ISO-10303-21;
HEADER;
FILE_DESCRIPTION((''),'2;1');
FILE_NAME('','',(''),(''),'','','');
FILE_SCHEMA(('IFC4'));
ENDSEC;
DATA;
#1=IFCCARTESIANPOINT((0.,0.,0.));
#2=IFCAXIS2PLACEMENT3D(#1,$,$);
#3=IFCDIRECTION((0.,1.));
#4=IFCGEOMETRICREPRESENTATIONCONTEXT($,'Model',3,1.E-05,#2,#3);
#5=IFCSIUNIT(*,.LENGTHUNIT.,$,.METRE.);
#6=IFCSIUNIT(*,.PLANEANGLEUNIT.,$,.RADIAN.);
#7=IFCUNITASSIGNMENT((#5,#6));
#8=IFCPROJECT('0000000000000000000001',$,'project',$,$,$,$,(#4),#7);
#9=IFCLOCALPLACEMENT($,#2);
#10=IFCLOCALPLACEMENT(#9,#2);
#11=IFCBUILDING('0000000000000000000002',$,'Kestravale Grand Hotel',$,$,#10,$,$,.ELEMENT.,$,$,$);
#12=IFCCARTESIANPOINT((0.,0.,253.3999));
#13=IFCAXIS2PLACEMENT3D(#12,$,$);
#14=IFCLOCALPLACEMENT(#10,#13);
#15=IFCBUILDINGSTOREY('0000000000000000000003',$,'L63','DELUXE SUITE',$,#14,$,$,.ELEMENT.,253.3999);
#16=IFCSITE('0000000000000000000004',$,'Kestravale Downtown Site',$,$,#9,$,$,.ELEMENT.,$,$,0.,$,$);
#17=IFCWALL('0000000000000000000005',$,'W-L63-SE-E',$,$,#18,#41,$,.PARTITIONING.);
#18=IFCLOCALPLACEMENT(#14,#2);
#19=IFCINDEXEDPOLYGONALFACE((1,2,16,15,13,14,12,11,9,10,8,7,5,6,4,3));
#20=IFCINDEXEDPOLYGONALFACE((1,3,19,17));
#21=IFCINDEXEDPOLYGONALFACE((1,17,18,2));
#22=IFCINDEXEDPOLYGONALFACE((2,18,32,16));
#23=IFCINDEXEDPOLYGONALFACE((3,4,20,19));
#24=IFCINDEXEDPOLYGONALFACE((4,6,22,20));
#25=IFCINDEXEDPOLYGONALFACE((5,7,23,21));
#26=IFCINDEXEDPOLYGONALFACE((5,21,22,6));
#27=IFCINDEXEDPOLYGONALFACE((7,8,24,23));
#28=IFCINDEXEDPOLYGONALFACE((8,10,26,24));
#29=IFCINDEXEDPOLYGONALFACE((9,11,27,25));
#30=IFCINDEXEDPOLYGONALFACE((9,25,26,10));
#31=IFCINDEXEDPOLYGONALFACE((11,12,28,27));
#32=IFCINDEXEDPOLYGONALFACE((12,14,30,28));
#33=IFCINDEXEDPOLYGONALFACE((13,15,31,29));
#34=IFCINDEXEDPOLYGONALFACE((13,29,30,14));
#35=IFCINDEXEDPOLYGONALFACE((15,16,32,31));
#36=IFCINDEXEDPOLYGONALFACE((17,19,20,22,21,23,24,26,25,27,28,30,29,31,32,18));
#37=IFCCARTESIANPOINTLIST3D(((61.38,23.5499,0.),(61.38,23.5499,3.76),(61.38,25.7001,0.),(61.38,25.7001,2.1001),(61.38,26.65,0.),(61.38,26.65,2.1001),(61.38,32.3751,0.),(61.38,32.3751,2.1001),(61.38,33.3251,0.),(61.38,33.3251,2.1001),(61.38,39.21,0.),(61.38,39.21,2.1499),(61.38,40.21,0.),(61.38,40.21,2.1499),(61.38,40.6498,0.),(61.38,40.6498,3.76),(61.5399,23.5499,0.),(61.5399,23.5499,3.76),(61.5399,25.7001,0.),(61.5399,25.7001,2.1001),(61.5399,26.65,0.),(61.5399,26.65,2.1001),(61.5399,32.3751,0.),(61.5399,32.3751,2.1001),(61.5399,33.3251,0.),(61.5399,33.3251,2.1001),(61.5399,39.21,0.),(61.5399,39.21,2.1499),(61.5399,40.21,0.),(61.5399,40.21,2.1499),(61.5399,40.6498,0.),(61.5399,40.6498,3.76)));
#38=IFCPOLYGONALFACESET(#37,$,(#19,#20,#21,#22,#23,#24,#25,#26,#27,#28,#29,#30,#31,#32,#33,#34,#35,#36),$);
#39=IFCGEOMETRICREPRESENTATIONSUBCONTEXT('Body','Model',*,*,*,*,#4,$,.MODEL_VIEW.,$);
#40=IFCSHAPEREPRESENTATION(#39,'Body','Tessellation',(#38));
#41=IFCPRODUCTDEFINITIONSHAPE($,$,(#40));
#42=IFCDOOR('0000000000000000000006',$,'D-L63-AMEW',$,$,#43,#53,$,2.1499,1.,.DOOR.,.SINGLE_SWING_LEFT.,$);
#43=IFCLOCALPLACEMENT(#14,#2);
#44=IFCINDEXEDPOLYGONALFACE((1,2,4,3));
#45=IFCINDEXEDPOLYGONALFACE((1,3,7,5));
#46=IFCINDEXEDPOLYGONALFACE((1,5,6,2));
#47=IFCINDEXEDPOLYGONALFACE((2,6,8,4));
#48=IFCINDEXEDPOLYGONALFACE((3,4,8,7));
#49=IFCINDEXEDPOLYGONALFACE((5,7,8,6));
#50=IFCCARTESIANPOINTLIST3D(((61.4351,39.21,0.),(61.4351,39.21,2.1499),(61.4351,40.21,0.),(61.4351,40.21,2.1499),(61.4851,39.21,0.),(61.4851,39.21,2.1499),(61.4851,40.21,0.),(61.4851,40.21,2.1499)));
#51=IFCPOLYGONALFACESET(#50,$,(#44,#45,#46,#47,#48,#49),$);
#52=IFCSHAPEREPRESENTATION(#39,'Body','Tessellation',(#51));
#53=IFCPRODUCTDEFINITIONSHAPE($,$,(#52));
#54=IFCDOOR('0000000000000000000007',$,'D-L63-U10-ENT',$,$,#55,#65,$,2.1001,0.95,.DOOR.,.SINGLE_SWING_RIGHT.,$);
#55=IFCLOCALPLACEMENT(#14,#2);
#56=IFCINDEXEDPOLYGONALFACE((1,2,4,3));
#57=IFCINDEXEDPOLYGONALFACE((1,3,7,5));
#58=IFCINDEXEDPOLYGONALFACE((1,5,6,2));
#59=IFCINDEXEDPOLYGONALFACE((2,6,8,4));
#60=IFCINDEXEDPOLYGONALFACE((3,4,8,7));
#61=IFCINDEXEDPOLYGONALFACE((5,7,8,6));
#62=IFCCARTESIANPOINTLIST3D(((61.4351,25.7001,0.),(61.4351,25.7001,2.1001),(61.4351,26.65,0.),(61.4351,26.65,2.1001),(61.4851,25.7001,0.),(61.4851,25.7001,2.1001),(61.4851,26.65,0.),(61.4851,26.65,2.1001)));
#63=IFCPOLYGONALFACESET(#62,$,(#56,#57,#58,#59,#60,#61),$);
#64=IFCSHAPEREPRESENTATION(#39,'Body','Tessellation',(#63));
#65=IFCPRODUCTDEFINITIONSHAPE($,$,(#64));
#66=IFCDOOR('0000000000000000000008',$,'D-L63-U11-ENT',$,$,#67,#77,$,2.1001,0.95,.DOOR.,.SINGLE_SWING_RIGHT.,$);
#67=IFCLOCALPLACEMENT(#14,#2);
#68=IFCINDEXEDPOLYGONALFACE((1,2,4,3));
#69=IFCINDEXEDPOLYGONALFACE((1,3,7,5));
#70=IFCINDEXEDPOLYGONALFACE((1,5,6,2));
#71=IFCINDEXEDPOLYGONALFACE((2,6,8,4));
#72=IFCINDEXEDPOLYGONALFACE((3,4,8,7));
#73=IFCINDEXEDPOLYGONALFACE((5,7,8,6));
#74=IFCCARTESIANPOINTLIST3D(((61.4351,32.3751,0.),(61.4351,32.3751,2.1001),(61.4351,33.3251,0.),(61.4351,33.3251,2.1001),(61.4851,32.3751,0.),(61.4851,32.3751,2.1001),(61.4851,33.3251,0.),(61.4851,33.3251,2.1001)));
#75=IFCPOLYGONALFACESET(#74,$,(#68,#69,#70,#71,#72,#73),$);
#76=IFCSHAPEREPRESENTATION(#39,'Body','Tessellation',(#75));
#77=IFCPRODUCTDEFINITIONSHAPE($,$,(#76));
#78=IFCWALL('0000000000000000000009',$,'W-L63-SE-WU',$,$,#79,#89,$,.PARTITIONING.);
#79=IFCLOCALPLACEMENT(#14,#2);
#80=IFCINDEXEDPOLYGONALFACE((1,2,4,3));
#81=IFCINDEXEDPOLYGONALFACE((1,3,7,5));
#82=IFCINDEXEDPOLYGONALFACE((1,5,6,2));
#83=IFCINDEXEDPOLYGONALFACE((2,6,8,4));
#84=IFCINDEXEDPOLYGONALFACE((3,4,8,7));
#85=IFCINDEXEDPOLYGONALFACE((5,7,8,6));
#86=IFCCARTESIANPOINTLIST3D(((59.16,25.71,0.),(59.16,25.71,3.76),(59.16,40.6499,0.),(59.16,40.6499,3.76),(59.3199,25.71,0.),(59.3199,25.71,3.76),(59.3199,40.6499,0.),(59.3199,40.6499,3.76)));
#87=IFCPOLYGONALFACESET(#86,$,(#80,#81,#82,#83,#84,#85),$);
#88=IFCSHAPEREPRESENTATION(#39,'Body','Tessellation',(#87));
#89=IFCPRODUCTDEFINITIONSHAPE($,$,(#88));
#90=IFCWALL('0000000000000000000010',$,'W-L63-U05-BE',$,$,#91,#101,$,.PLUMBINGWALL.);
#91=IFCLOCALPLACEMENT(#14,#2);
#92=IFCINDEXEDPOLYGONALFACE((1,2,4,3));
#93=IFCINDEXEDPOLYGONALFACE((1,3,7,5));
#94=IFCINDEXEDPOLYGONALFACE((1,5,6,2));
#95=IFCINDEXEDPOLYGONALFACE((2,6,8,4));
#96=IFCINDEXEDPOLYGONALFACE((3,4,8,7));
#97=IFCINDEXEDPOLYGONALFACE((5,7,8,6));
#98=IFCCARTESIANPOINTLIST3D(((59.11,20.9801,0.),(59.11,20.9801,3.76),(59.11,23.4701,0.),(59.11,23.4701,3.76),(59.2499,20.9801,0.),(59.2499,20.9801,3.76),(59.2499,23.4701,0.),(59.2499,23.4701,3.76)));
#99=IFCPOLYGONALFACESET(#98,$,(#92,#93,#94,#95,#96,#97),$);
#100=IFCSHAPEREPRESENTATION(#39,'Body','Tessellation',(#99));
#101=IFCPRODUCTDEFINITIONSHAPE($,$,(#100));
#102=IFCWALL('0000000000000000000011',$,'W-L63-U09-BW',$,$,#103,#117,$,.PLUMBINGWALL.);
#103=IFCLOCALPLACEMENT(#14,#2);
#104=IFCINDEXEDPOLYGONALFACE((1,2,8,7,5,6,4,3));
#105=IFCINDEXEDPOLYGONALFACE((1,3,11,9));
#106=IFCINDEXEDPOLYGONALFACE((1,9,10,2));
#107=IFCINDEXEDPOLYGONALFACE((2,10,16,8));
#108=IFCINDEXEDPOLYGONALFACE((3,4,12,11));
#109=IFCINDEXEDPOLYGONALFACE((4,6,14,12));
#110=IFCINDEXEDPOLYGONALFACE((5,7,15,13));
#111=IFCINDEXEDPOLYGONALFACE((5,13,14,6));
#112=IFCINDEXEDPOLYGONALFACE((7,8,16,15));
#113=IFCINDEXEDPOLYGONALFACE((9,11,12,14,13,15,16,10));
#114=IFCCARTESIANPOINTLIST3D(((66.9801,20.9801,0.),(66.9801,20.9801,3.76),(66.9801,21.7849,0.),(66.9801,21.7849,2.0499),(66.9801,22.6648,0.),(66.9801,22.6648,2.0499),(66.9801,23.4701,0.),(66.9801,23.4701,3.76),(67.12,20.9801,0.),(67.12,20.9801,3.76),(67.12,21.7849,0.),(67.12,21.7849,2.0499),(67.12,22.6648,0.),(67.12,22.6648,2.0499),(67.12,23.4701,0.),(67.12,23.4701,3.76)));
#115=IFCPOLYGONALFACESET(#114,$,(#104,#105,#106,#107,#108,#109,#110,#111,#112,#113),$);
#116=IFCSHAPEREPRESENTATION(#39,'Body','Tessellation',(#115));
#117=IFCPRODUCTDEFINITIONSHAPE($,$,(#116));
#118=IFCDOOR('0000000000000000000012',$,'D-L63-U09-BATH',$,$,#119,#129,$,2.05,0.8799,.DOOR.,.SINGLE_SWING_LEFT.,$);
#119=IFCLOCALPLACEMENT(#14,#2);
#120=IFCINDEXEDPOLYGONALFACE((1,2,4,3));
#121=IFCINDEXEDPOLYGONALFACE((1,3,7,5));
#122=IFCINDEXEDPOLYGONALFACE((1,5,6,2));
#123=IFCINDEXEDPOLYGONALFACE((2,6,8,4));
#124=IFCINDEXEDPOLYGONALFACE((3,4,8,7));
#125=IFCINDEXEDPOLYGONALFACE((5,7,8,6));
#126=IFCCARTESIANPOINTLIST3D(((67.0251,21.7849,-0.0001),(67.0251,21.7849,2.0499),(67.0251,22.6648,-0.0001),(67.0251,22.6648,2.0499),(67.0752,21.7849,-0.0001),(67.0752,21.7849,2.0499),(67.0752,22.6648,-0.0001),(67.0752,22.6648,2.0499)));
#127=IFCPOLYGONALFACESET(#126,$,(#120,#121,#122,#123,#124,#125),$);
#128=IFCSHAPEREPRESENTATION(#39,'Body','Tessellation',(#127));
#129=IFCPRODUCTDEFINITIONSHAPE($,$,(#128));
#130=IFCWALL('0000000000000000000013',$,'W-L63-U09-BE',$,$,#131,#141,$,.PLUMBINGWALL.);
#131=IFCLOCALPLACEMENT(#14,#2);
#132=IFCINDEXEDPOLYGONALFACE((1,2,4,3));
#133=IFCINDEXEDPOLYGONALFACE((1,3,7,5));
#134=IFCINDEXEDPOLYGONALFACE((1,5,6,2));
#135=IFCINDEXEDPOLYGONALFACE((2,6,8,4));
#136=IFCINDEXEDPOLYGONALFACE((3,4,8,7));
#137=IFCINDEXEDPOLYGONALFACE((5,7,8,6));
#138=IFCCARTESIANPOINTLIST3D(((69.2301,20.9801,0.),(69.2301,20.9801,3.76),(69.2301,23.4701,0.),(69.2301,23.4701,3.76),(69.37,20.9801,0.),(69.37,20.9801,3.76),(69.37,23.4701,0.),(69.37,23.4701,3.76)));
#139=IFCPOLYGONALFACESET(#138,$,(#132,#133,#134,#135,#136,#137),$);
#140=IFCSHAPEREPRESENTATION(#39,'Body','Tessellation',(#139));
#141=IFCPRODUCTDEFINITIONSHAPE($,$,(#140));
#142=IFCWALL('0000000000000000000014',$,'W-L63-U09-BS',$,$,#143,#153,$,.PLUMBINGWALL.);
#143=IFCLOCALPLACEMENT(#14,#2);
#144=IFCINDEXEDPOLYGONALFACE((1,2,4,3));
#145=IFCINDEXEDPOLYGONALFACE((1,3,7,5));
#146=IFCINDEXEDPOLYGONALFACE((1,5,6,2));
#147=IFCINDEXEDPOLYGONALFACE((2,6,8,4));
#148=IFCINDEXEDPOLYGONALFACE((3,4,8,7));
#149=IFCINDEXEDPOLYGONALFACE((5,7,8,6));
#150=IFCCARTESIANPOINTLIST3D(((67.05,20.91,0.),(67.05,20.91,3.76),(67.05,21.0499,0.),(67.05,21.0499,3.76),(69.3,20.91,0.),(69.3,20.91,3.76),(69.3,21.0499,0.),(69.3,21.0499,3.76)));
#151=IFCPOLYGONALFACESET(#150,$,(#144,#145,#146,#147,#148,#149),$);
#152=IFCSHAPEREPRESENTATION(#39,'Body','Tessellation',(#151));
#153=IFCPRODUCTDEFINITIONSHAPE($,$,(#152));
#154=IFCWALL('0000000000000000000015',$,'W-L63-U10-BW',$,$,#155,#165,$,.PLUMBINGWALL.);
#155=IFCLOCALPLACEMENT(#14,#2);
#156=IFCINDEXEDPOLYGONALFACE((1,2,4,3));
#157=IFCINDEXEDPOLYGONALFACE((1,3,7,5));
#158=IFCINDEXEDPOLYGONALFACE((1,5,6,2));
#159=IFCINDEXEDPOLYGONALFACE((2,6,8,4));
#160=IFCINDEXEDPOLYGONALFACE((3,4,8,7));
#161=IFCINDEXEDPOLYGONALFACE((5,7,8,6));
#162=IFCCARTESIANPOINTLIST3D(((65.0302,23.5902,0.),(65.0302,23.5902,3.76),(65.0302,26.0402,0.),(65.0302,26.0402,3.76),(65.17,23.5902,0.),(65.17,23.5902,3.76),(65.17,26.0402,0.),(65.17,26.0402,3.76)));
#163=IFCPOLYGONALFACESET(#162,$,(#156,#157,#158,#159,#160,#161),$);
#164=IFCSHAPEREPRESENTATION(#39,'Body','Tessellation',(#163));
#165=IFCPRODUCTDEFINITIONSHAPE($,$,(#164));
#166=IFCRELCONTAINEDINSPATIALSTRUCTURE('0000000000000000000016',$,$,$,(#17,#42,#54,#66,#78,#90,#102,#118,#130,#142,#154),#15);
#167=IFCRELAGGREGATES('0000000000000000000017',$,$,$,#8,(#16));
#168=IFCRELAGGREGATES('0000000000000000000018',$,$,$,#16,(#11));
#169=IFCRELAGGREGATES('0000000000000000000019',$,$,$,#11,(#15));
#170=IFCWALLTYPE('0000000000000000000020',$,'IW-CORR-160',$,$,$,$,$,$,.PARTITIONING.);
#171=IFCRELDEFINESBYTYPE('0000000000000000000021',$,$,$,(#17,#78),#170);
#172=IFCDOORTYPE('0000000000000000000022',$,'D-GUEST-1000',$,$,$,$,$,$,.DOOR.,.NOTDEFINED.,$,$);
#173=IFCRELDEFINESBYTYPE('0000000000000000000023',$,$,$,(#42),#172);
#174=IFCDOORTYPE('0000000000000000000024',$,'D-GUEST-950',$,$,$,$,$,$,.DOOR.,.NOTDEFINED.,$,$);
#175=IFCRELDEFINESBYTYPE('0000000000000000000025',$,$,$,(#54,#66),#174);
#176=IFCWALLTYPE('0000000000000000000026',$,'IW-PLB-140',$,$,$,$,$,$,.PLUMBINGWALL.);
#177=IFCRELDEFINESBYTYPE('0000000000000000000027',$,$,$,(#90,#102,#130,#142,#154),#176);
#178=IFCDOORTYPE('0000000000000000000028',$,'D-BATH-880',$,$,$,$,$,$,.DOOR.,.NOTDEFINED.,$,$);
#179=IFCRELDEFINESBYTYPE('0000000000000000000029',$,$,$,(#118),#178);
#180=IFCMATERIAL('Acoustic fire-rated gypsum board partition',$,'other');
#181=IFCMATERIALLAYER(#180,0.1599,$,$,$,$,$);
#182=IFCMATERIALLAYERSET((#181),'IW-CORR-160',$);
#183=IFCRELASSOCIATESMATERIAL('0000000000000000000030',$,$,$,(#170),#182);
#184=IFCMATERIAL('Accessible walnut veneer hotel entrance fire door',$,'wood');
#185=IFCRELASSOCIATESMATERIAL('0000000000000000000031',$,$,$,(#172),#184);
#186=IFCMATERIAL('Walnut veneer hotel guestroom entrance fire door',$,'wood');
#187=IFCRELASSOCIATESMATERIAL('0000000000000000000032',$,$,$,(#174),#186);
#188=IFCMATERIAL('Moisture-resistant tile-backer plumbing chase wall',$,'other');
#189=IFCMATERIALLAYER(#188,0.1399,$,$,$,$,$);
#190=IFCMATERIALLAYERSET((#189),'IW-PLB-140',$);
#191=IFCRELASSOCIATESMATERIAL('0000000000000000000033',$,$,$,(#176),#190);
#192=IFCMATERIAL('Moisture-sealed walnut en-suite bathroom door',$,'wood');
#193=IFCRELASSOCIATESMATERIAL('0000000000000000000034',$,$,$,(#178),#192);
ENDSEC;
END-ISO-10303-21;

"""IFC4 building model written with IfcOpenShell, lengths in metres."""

from ifc_helpers import new_model, si_unit, direction, frame, frame_2d, origin, place, context, subcontext, project, spatial, rectangle, extrude, material, layer, layer_set, type_object, element, fill, save


model = new_model("IFC4")

# Units and contexts
model_context = context("Model", 3, precision=1e-05, world=origin(), true_north=direction((0.0, 1.0)))
body_context = subcontext(model_context, "Body", "Model", "MODEL_VIEW")
ifc_project = project(units=[si_unit("LENGTHUNIT", "METRE"), si_unit("PLANEANGLEUNIT", "RADIAN")], contexts=[model_context])

# Site, building, storey
site_placement = place(None, origin())
site = spatial("IfcSite", under=ifc_project, at=site_placement, Name="Kestravale Downtown Site", CompositionType="ELEMENT", RefElevation=0.0)
building_placement = place(site_placement, origin())
building = spatial("IfcBuilding", under=site, at=building_placement, Name="Kestravale Grand Hotel", CompositionType="ELEMENT")
storey_placement = place(building_placement, frame((0.0, 0.0, 253.3999)))
storey = spatial("IfcBuildingStorey", under=building, at=storey_placement, Name="L63", Description="DELUXE SUITE", CompositionType="ELEMENT", Elevation=253.3999)

# Wall, openings, doors
ifc_material_1 = material(Name="Acoustic fire-rated gypsum board partition", Category="other")
ifc_layer_1 = layer(ifc_material_1, 0.1599)
ifc_layer_set_1 = layer_set([ifc_layer_1], Name="IW-CORR-160")
wall_type_1 = type_object("IfcWallType", Name="IW-CORR-160", PredefinedType="PARTITIONING", material=ifc_layer_set_1)
wall_1_placement = place(storey_placement, frame((61.46, 23.55, 0.0), z_axis=(0.0, 0.0, 1.0), x_axis=(0.0, 1.0, 0.0)))
wall_1 = element("IfcWall", 1, at=wall_1_placement, inside=storey, type_object=wall_type_1, Name="W-L63-SE-E", PredefinedType="PARTITIONING", context=body_context, shape_type="SweptSolid", body=[
    extrude(rectangle(XDim=17.0999, YDim=0.1599, at=frame_2d((8.5498, 0.0))), origin(), (0.0, 0.0, 1.0), 3.76),
])
opening_1_placement = place(wall_1_placement, frame((2.1499, 0.0, 0.0)))
opening_1 = element("IfcOpeningElement", 2, at=opening_1_placement, cuts=wall_1, PredefinedType="OPENING", context=body_context, shape_type="SweptSolid", body=[
    extrude(rectangle(XDim=0.95, YDim=2.1001, at=frame_2d((0.4751, 1.05))), frame((0.0, 0.0898, 0.0), z_axis=(0.0, -1.0, 0.0), x_axis=(1.0, 0.0, 0.0)), (0.0, 0.0, 1.0), 0.1799),
])
opening_2_placement = place(wall_1_placement, frame((8.825, 0.0, 0.0)))
opening_2 = element("IfcOpeningElement", 3, at=opening_2_placement, cuts=wall_1, PredefinedType="OPENING", context=body_context, shape_type="SweptSolid", body=[
    extrude(rectangle(XDim=0.95, YDim=2.1001, at=frame_2d((0.4751, 1.05))), frame((0.0, 0.0898, 0.0), z_axis=(0.0, -1.0, 0.0), x_axis=(1.0, 0.0, 0.0)), (0.0, 0.0, 1.0), 0.1799),
])
opening_3_placement = place(wall_1_placement, frame((15.6599, 0.0, 0.0)))
opening_3 = element("IfcOpeningElement", 4, at=opening_3_placement, cuts=wall_1, PredefinedType="OPENING", context=body_context, shape_type="SweptSolid", body=[
    extrude(rectangle(XDim=1.0, YDim=2.1499, at=frame_2d((0.5, 1.075))), frame((0.0, 0.0898, 0.0), z_axis=(0.0, -1.0, 0.0), x_axis=(1.0, 0.0, 0.0)), (0.0, 0.0, 1.0), 0.1799),
])
ifc_material_2 = material(Name="Accessible walnut veneer hotel entrance fire door", Category="wood")
door_type_1 = type_object("IfcDoorType", Name="D-GUEST-1000", OperationType="NOTDEFINED", PredefinedType="DOOR", material=ifc_material_2)
door_1_placement = place(opening_3_placement, origin())
door_1 = element("IfcDoor", 5, at=door_1_placement, inside=storey, type_object=door_type_1, Name="D-L63-AMEW", OperationType="SINGLE_SWING_LEFT", OverallHeight=2.1499, OverallWidth=1.0, PredefinedType="DOOR", context=body_context, shape_type="SweptSolid", body=[
    extrude(rectangle(XDim=1.0, YDim=2.1499, at=frame_2d((0.5, 1.075))), frame((0.0, 0.0249, 0.0), z_axis=(0.0, -1.0, 0.0), x_axis=(1.0, 0.0, 0.0)), (0.0, 0.0, 1.0), 0.05),
])
fill(opening_3, door_1)
ifc_material_3 = material(Name="Walnut veneer hotel guestroom entrance fire door", Category="wood")
door_type_2 = type_object("IfcDoorType", Name="D-GUEST-950", OperationType="NOTDEFINED", PredefinedType="DOOR", material=ifc_material_3)
door_2_placement = place(opening_1_placement, origin())
door_2 = element("IfcDoor", 6, at=door_2_placement, inside=storey, type_object=door_type_2, Name="D-L63-U10-ENT", OperationType="SINGLE_SWING_RIGHT", OverallHeight=2.1001, OverallWidth=0.95, PredefinedType="DOOR", context=body_context, shape_type="SweptSolid", body=[
    extrude(rectangle(XDim=0.95, YDim=2.1001, at=frame_2d((0.4751, 1.05))), frame((0.0, 0.0249, 0.0), z_axis=(0.0, -1.0, 0.0), x_axis=(1.0, 0.0, 0.0)), (0.0, 0.0, 1.0), 0.05),
])
fill(opening_1, door_2)
door_3_placement = place(opening_2_placement, origin())
door_3 = element("IfcDoor", 7, at=door_3_placement, inside=storey, type_object=door_type_2, Name="D-L63-U11-ENT", OperationType="SINGLE_SWING_RIGHT", OverallHeight=2.1001, OverallWidth=0.95, PredefinedType="DOOR", context=body_context, shape_type="SweptSolid", body=[
    extrude(rectangle(XDim=0.95, YDim=2.1001, at=frame_2d((0.4751, 1.05))), frame((0.0, 0.0249, 0.0), z_axis=(0.0, -1.0, 0.0), x_axis=(1.0, 0.0, 0.0)), (0.0, 0.0, 1.0), 0.05),
])
fill(opening_2, door_3)

# Walls
wall_2_placement = place(storey_placement, frame((59.24, 25.71, 0.0), z_axis=(0.0, 0.0, 1.0), x_axis=(0.0, 1.0, 0.0)))
element("IfcWall", 8, at=wall_2_placement, inside=storey, type_object=wall_type_1, Name="W-L63-SE-WU", PredefinedType="PARTITIONING", context=body_context, shape_type="SweptSolid", body=[
    extrude(rectangle(XDim=14.9399, YDim=0.1599, at=frame_2d((7.47, 0.0))), origin(), (0.0, 0.0, 1.0), 3.76),
])
ifc_material_4 = material(Name="Moisture-resistant tile-backer plumbing chase wall", Category="other")
ifc_layer_2 = layer(ifc_material_4, 0.1399)
ifc_layer_set_2 = layer_set([ifc_layer_2], Name="IW-PLB-140")
wall_type_2 = type_object("IfcWallType", Name="IW-PLB-140", PredefinedType="PLUMBINGWALL", material=ifc_layer_set_2)
wall_3_placement = place(storey_placement, frame((59.1799, 20.98, 0.0), z_axis=(0.0, 0.0, 1.0), x_axis=(0.0, 1.0, 0.0)))
element("IfcWall", 9, at=wall_3_placement, inside=storey, type_object=wall_type_2, Name="W-L63-U05-BE", PredefinedType="PLUMBINGWALL", context=body_context, shape_type="SweptSolid", body=[
    extrude(rectangle(XDim=2.49, YDim=0.1399, at=frame_2d((1.2451, 0.0))), origin(), (0.0, 0.0, 1.0), 3.76),
])

# Wall, opening, door
wall_4_placement = place(storey_placement, frame((67.05, 20.98, 0.0), z_axis=(0.0, 0.0, 1.0), x_axis=(0.0, 1.0, 0.0)))
wall_4 = element("IfcWall", 10, at=wall_4_placement, inside=storey, type_object=wall_type_2, Name="W-L63-U09-BW", PredefinedType="PLUMBINGWALL", context=body_context, shape_type="SweptSolid", body=[
    extrude(rectangle(XDim=2.49, YDim=0.1399, at=frame_2d((1.2451, 0.0))), origin(), (0.0, 0.0, 1.0), 3.76),
])
opening_4_placement = place(wall_4_placement, frame((0.8049, 0.0, 0.0)))
opening_4 = element("IfcOpeningElement", 11, at=opening_4_placement, cuts=wall_4, PredefinedType="OPENING", context=body_context, shape_type="SweptSolid", body=[
    extrude(rectangle(XDim=0.8799, YDim=2.05, at=frame_2d((0.4399, 1.0249))), frame((0.0, 0.0798, 0.0), z_axis=(0.0, -1.0, 0.0), x_axis=(1.0, 0.0, 0.0)), (0.0, 0.0, 1.0), 0.1599),
])
ifc_material_5 = material(Name="Moisture-sealed walnut en-suite bathroom door", Category="wood")
door_type_3 = type_object("IfcDoorType", Name="D-BATH-880", OperationType="NOTDEFINED", PredefinedType="DOOR", material=ifc_material_5)
door_4_placement = place(opening_4_placement, origin())
door_4 = element("IfcDoor", 12, at=door_4_placement, inside=storey, type_object=door_type_3, Name="D-L63-U09-BATH", OperationType="SINGLE_SWING_LEFT", OverallHeight=2.05, OverallWidth=0.8799, PredefinedType="DOOR", context=body_context, shape_type="SweptSolid", body=[
    extrude(rectangle(XDim=0.8799, YDim=2.05, at=frame_2d((0.4399, 1.0249))), frame((0.0, 0.0249, 0.0), z_axis=(0.0, -1.0, 0.0), x_axis=(1.0, 0.0, 0.0)), (0.0, 0.0, 1.0), 0.05),
])
fill(opening_4, door_4)

# Walls
wall_5_placement = place(storey_placement, frame((69.3, 20.98, 0.0), z_axis=(0.0, 0.0, 1.0), x_axis=(0.0, 1.0, 0.0)))
element("IfcWall", 13, at=wall_5_placement, inside=storey, type_object=wall_type_2, Name="W-L63-U09-BE", PredefinedType="PLUMBINGWALL", context=body_context, shape_type="SweptSolid", body=[
    extrude(rectangle(XDim=2.49, YDim=0.1399, at=frame_2d((1.2451, 0.0))), origin(), (0.0, 0.0, 1.0), 3.76),
])
wall_6_placement = place(storey_placement, frame((67.05, 20.98, 0.0), z_axis=(0.0, 0.0, 1.0), x_axis=(1.0, 0.0, 0.0)))
element("IfcWall", 14, at=wall_6_placement, inside=storey, type_object=wall_type_2, Name="W-L63-U09-BS", PredefinedType="PLUMBINGWALL", context=body_context, shape_type="SweptSolid", body=[
    extrude(rectangle(XDim=2.25, YDim=0.1399, at=frame_2d((1.125, 0.0))), origin(), (0.0, 0.0, 1.0), 3.76),
])
wall_7_placement = place(storey_placement, frame((65.1001, 23.5901, 0.0), z_axis=(0.0, 0.0, 1.0), x_axis=(0.0, 1.0, 0.0)))
element("IfcWall", 15, at=wall_7_placement, inside=storey, type_object=wall_type_2, Name="W-L63-U10-BW", PredefinedType="PLUMBINGWALL", context=body_context, shape_type="SweptSolid", body=[
    extrude(rectangle(XDim=2.45, YDim=0.1399, at=frame_2d((1.2251, 0.0))), origin(), (0.0, 0.0, 1.0), 3.76),
])

save(model, "model.ifc")
